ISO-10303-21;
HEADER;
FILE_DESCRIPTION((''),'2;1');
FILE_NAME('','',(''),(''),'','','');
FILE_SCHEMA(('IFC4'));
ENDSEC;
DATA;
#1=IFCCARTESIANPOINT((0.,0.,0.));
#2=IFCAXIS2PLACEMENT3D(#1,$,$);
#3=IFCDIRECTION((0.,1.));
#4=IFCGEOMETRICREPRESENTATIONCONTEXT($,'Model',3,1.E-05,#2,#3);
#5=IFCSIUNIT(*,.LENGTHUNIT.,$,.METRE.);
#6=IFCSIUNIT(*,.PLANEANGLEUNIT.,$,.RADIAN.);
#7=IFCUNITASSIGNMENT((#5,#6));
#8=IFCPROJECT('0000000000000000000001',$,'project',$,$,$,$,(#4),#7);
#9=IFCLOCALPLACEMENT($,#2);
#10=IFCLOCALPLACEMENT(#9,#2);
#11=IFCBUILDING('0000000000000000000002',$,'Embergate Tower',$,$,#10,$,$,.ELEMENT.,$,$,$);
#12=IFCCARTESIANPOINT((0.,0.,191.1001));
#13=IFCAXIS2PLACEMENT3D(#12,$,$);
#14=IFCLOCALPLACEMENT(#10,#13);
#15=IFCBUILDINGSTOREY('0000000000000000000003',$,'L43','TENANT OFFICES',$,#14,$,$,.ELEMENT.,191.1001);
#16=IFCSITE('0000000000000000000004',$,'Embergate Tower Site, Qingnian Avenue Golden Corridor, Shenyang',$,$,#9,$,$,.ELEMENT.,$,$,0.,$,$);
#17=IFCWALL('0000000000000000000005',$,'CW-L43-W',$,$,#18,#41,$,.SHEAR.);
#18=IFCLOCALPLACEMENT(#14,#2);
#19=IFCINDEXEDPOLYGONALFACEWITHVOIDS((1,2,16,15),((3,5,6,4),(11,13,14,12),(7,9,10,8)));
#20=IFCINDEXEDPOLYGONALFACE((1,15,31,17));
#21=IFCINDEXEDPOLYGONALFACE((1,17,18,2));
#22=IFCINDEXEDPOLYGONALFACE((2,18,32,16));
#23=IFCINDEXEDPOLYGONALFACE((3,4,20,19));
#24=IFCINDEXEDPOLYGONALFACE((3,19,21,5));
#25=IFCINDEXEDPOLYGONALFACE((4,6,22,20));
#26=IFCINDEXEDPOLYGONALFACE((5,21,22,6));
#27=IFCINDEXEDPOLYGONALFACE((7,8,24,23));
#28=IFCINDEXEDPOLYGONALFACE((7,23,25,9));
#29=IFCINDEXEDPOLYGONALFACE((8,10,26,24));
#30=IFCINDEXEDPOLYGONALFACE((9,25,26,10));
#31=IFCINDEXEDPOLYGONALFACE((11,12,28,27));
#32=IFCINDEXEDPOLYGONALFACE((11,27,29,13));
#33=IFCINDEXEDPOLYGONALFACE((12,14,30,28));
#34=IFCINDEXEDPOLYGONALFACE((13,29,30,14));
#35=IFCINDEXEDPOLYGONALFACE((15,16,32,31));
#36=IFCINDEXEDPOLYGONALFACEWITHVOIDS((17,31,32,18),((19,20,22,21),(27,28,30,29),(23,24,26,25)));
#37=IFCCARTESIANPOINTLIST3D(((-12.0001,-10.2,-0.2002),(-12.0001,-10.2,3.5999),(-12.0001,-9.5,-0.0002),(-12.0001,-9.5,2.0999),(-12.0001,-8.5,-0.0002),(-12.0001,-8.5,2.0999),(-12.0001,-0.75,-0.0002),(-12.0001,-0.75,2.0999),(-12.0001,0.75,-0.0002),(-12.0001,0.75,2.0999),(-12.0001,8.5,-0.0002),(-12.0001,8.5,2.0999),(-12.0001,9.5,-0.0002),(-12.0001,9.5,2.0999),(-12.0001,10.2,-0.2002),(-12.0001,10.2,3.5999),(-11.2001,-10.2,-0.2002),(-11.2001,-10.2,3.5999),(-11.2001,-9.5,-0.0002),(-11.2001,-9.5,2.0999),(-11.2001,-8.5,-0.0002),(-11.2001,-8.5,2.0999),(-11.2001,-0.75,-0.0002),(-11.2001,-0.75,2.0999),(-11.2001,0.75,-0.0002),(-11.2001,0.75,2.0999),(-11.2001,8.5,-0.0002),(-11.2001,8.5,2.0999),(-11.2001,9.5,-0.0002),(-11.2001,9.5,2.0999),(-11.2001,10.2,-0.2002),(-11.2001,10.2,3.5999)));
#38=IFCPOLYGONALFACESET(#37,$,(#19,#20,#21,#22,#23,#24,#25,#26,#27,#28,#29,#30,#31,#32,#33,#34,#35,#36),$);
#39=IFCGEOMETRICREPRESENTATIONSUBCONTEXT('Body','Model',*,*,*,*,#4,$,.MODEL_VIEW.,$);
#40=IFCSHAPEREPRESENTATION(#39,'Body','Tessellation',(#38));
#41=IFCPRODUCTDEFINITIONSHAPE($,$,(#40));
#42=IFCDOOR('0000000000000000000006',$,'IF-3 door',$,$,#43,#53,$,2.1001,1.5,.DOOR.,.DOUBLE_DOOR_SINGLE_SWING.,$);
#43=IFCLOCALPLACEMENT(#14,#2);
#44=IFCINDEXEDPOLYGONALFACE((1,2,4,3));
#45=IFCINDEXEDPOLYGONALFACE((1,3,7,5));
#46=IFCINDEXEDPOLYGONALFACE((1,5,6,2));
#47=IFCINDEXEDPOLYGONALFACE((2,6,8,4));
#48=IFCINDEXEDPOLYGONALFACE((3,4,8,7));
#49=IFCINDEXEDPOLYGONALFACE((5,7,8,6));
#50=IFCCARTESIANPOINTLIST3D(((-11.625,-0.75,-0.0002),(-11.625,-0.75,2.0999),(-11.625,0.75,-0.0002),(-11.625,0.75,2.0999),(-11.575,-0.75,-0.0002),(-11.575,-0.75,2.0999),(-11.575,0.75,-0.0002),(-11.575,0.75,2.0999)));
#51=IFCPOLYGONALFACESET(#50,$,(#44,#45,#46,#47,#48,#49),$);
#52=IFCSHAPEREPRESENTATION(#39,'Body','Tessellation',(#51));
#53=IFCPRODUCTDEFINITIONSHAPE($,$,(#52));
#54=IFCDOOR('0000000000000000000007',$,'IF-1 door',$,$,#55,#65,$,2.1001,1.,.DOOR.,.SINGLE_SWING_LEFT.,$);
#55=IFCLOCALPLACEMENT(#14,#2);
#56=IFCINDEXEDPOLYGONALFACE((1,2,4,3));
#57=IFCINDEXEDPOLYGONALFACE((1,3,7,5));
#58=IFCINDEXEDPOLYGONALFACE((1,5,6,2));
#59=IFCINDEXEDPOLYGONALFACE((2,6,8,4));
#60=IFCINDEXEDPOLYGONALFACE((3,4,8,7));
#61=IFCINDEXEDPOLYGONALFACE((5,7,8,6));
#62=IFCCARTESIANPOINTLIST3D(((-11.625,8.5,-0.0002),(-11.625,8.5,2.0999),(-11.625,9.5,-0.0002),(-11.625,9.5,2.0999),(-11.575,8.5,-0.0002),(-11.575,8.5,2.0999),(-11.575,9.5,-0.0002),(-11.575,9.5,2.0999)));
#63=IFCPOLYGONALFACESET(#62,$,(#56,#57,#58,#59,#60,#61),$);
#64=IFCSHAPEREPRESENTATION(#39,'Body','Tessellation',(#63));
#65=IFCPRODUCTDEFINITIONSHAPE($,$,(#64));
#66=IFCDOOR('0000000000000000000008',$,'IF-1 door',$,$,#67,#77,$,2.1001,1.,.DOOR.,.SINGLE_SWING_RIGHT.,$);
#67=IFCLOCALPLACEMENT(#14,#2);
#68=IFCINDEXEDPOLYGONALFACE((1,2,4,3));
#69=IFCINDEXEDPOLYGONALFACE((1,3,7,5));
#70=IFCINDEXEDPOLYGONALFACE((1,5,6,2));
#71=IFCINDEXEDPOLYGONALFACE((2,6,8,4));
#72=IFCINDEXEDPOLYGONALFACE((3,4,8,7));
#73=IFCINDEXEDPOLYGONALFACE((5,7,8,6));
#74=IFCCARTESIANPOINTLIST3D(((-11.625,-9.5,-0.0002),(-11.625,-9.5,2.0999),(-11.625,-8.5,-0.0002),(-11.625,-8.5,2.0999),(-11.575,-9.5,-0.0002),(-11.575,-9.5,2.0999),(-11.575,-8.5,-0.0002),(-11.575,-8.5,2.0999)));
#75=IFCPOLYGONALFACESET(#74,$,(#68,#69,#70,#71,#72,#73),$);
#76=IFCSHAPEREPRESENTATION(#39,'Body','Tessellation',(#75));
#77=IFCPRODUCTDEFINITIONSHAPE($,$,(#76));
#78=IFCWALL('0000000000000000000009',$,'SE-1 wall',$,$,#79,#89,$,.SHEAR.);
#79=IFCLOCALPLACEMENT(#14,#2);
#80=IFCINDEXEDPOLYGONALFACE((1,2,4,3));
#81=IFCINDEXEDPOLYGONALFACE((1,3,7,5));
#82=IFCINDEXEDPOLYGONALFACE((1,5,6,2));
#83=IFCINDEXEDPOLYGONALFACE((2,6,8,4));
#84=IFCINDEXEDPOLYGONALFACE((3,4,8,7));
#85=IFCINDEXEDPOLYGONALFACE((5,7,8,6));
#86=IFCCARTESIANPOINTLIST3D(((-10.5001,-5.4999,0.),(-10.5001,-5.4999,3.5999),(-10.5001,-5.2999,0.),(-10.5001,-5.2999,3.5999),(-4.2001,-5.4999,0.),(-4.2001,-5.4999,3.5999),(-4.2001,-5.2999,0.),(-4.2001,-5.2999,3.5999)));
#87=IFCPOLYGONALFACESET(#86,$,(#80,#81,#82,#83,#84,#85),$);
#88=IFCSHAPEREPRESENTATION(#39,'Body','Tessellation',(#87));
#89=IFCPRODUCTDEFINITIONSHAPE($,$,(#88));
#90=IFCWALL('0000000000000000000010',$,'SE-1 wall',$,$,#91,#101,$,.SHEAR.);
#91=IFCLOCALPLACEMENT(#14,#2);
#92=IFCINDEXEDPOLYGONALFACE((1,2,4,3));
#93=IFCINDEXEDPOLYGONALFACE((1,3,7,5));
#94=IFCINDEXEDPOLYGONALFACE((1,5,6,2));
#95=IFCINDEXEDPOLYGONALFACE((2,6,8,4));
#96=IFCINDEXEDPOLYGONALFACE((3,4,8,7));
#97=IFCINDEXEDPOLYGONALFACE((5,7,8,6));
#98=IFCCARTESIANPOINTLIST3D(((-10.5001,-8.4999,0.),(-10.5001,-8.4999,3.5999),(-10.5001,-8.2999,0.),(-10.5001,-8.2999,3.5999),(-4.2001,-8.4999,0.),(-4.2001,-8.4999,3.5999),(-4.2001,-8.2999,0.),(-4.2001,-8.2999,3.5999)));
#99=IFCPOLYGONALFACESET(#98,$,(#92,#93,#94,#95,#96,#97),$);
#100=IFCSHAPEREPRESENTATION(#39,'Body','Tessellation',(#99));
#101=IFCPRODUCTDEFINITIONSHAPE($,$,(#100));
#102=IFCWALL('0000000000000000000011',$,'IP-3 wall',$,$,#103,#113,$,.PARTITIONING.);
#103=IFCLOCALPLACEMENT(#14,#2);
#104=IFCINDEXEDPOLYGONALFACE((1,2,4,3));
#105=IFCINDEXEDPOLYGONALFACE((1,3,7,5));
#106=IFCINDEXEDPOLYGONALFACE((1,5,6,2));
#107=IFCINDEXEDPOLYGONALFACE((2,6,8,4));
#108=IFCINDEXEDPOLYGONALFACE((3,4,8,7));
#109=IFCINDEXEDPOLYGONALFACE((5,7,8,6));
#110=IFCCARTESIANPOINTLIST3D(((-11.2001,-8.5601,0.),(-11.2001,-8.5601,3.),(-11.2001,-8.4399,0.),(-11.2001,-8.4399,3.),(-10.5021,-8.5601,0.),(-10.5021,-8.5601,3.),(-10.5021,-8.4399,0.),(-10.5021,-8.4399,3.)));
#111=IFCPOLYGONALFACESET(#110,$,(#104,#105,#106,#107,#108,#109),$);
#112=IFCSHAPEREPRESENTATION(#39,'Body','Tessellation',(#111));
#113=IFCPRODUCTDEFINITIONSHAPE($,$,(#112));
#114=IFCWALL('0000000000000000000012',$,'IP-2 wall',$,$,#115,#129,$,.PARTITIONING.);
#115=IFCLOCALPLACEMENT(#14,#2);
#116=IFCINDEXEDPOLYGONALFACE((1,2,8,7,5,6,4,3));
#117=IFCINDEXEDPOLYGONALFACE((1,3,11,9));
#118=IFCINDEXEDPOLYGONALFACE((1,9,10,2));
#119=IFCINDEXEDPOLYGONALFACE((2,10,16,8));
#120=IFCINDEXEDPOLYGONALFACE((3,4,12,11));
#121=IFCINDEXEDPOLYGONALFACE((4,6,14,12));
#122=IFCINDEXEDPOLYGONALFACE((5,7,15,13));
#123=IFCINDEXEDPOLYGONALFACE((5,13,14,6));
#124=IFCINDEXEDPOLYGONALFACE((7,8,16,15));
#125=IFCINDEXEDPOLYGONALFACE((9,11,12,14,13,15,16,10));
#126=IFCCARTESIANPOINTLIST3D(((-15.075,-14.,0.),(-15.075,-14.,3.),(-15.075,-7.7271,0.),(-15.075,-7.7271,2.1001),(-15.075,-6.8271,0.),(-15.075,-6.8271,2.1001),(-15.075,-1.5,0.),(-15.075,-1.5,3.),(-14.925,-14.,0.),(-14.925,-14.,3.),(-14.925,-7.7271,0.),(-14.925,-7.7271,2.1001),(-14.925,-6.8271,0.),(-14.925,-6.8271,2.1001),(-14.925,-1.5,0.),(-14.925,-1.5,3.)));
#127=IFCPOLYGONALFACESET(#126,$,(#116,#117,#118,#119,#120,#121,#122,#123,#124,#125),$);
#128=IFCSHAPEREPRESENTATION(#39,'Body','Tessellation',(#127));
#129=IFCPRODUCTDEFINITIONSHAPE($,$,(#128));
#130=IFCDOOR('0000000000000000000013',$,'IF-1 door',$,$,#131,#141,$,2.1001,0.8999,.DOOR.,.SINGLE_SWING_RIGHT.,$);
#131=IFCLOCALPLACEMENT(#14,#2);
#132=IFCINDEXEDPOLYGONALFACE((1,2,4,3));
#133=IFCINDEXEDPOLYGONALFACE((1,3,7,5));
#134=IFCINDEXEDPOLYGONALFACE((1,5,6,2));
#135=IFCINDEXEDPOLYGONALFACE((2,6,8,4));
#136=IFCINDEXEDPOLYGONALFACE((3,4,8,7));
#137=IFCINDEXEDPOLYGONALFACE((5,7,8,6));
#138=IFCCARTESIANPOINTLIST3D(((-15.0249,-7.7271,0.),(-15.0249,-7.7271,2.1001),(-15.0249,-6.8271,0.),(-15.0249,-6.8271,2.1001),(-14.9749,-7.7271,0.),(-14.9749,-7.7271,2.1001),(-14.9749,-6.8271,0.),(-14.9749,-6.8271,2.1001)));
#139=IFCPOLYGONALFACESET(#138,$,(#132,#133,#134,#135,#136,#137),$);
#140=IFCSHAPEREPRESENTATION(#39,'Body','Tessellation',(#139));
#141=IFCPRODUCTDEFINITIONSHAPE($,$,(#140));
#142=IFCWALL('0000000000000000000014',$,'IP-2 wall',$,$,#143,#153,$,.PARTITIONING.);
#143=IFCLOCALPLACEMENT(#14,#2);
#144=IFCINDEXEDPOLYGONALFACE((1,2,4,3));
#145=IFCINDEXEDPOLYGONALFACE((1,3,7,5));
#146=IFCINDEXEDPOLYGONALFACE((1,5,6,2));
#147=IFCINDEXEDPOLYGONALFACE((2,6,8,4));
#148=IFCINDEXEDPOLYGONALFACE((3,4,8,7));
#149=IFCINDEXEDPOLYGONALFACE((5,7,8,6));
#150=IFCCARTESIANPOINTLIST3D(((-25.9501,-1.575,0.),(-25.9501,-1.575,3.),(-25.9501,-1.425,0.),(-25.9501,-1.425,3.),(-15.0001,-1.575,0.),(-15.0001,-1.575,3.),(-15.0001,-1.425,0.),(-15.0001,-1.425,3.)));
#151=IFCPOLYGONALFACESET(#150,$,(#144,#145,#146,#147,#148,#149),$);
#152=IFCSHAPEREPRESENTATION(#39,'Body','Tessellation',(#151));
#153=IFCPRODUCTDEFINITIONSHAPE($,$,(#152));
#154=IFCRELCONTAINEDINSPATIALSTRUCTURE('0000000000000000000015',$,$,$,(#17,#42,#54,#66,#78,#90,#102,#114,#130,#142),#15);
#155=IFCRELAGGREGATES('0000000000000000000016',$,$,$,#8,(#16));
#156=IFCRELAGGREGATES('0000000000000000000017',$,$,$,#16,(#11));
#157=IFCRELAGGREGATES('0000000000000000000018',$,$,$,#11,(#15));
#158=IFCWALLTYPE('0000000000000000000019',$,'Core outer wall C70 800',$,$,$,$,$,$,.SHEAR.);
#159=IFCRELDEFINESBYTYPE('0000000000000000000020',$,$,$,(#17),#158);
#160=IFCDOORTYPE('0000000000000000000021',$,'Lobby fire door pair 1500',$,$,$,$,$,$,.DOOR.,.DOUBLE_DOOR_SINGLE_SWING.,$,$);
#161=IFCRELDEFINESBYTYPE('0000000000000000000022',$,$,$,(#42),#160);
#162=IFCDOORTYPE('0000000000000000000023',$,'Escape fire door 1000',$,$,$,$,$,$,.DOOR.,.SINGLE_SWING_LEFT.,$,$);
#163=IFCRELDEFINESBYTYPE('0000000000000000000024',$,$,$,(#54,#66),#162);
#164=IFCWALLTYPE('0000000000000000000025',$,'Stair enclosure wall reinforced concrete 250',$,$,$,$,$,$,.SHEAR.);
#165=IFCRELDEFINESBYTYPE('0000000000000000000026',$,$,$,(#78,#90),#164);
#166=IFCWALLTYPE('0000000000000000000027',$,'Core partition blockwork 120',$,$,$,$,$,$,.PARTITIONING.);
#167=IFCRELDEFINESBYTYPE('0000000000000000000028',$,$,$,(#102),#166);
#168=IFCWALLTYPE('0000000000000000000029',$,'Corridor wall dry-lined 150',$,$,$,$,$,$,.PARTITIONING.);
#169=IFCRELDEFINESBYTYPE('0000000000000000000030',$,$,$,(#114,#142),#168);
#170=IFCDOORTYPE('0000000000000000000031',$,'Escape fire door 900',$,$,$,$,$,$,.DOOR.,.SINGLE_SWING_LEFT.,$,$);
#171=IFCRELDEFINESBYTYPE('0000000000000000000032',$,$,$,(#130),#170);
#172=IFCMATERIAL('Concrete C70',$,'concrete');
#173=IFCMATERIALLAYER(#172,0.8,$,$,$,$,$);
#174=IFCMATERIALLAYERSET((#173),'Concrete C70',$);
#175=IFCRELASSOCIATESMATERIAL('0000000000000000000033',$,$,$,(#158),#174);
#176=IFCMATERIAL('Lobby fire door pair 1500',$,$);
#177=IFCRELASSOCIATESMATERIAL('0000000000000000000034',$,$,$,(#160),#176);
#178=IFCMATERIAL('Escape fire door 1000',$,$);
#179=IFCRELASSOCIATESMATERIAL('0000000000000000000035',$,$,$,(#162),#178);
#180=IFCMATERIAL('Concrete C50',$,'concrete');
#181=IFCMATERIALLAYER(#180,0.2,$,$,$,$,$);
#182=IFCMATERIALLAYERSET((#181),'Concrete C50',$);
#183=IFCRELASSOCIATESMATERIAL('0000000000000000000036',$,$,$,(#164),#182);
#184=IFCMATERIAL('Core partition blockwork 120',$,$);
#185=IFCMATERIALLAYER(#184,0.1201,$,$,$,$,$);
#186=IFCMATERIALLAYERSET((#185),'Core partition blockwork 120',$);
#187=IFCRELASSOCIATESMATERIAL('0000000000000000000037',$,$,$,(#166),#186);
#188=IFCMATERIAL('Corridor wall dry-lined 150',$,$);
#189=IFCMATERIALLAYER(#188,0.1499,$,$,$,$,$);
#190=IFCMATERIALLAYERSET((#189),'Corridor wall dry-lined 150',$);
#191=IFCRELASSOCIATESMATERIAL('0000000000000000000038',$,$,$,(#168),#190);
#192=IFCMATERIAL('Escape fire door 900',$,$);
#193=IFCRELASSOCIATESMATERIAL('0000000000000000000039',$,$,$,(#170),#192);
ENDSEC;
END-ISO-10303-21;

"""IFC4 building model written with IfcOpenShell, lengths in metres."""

from ifc_helpers import new_model, si_unit, direction, frame, frame_2d, origin, place, context, subcontext, project, spatial, rectangle, extrude, source, transform, mapped, material, layer, layer_set, type_object, element, fill, save


model = new_model("IFC4")

# Units and contexts
model_context = context("Model", 3, precision=1e-05, world=origin(), true_north=direction((0.0, 1.0)))
body_context = subcontext(model_context, "Body", "Model", "MODEL_VIEW")
ifc_project = project(units=[si_unit("LENGTHUNIT", "METRE"), si_unit("PLANEANGLEUNIT", "RADIAN")], contexts=[model_context])

# Site, building, storey
site_placement = place(None, origin())
site = spatial("IfcSite", under=ifc_project, at=site_placement, Name="Embergate Tower Site, Qingnian Avenue Golden Corridor, Shenyang", CompositionType="ELEMENT", RefElevation=0.0)
building_placement = place(site_placement, origin())
building = spatial("IfcBuilding", under=site, at=building_placement, Name="Embergate Tower", CompositionType="ELEMENT")
storey_placement = place(building_placement, frame((0.0, 0.0, 191.1001)))
storey = spatial("IfcBuildingStorey", under=building, at=storey_placement, Name="L43", Description="TENANT OFFICES", CompositionType="ELEMENT", Elevation=191.1001)

# Shared definitions
ifc_material_1 = material(Name="Concrete C70", Category="concrete")
ifc_layer_1 = layer(ifc_material_1, 0.8)
ifc_layer_set_1 = layer_set([ifc_layer_1], Name="Concrete C70")
wall_type_1 = type_object("IfcWallType", Name="Core outer wall C70 800", PredefinedType="SHEAR", material=ifc_layer_set_1)

# Wall, openings, doors
shared_shape_1 = source(origin(), body_context, "Body", "SweptSolid", [
    extrude(rectangle(XDim=20.3999, YDim=0.8, at=frame_2d((10.2, 0.0))), origin(), (0.0, 0.0, 1.0), 3.8),
])
wall_1_placement = place(storey_placement, frame((-11.6001, -10.2, -0.2002), z_axis=(0.0, 0.0, 1.0), x_axis=(0.0, 1.0, 0.0)))
wall_1 = element("IfcWall", 1, at=wall_1_placement, inside=storey, type_object=wall_type_1, Name="CW-L43-W", PredefinedType="SHEAR", context=body_context, shape_type="MappedRepresentation", body=[
    mapped(shared_shape_1, transform((0.0, 0.0, 0.0))),
])
shared_shape_2 = source(origin(), body_context, "Body", "SweptSolid", [
    extrude(rectangle(XDim=1.0, YDim=2.1001, at=frame_2d((0.5, 1.05))), frame((0.0, 0.4099, 0.0), z_axis=(0.0, -1.0, 0.0), x_axis=(1.0, 0.0, 0.0)), (0.0, 0.0, 1.0), 0.8201),
])
opening_1_placement = place(wall_1_placement, frame((18.7, 0.0, 0.2)))
opening_1 = element("IfcOpeningElement", 2, at=opening_1_placement, cuts=wall_1, PredefinedType="OPENING", context=body_context, shape_type="MappedRepresentation", body=[
    mapped(shared_shape_2, transform((0.0, 0.0, 0.0))),
])
opening_2_placement = place(wall_1_placement, frame((0.7, 0.0, 0.2)))
opening_2 = element("IfcOpeningElement", 3, at=opening_2_placement, cuts=wall_1, PredefinedType="OPENING", context=body_context, shape_type="MappedRepresentation", body=[
    mapped(shared_shape_2, transform((0.0, 0.0, 0.0))),
])
shared_shape_3 = source(origin(), body_context, "Body", "SweptSolid", [
    extrude(rectangle(XDim=1.5, YDim=2.1001, at=frame_2d((0.75, 1.05))), frame((0.0, 0.4099, 0.0), z_axis=(0.0, -1.0, 0.0), x_axis=(1.0, 0.0, 0.0)), (0.0, 0.0, 1.0), 0.8201),
])
opening_3_placement = place(wall_1_placement, frame((9.45, 0.0, 0.2)))
opening_3 = element("IfcOpeningElement", 4, at=opening_3_placement, cuts=wall_1, PredefinedType="OPENING", context=body_context, shape_type="MappedRepresentation", body=[
    mapped(shared_shape_3, transform((0.0, 0.0, 0.0))),
])
ifc_material_2 = material(Name="Lobby fire door pair 1500")
door_type_1 = type_object("IfcDoorType", Name="Lobby fire door pair 1500", OperationType="DOUBLE_DOOR_SINGLE_SWING", PredefinedType="DOOR", material=ifc_material_2)
shared_shape_4 = source(origin(), body_context, "Body", "SweptSolid", [
    extrude(rectangle(XDim=1.5, YDim=2.1001, at=frame_2d((0.75, 1.05))), frame((0.0, 0.0249, 0.0), z_axis=(0.0, -1.0, 0.0), x_axis=(1.0, 0.0, 0.0)), (0.0, 0.0, 1.0), 0.05),
])
door_1_placement = place(opening_3_placement, origin())
door_1 = element("IfcDoor", 5, at=door_1_placement, inside=storey, type_object=door_type_1, Name="IF-3 door", OperationType="DOUBLE_DOOR_SINGLE_SWING", OverallHeight=2.1001, OverallWidth=1.5, PredefinedType="DOOR", context=body_context, shape_type="MappedRepresentation", body=[
    mapped(shared_shape_4, transform((0.0, 0.0, 0.0))),
])
fill(opening_3, door_1)
ifc_material_3 = material(Name="Escape fire door 1000")
door_type_2 = type_object("IfcDoorType", Name="Escape fire door 1000", OperationType="SINGLE_SWING_LEFT", PredefinedType="DOOR", material=ifc_material_3)
shared_shape_5 = source(origin(), body_context, "Body", "SweptSolid", [
    extrude(rectangle(XDim=1.0, YDim=2.1001, at=frame_2d((0.5, 1.05))), frame((0.0, 0.0249, 0.0), z_axis=(0.0, -1.0, 0.0), x_axis=(1.0, 0.0, 0.0)), (0.0, 0.0, 1.0), 0.05),
])
door_2_placement = place(opening_1_placement, origin())
door_2 = element("IfcDoor", 6, at=door_2_placement, inside=storey, type_object=door_type_2, Name="IF-1 door", OperationType="SINGLE_SWING_LEFT", OverallHeight=2.1001, OverallWidth=1.0, PredefinedType="DOOR", context=body_context, shape_type="MappedRepresentation", body=[
    mapped(shared_shape_5, transform((0.0, 0.0, 0.0))),
])
fill(opening_1, door_2)
door_3_placement = place(opening_2_placement, origin())
door_3 = element("IfcDoor", 7, at=door_3_placement, inside=storey, type_object=door_type_2, Name="IF-1 door", OperationType="SINGLE_SWING_RIGHT", OverallHeight=2.1001, OverallWidth=1.0, PredefinedType="DOOR", context=body_context, shape_type="MappedRepresentation", body=[
    mapped(shared_shape_5, transform((0.0, 0.0, 0.0))),
])
fill(opening_2, door_3)

# Walls
ifc_material_4 = material(Name="Concrete C50", Category="concrete")
ifc_layer_2 = layer(ifc_material_4, 0.2)
ifc_layer_set_2 = layer_set([ifc_layer_2], Name="Concrete C50")
wall_type_2 = type_object("IfcWallType", Name="Stair enclosure wall reinforced concrete 250", PredefinedType="SHEAR", material=ifc_layer_set_2)
shared_shape_6 = source(origin(), body_context, "Body", "SweptSolid", [
    extrude(rectangle(XDim=6.3, YDim=0.2, at=frame_2d((3.1499, 0.0))), origin(), (0.0, 0.0, 1.0), 3.5999),
])
for number, where, z_axis, x_axis, name in (
    (8, (-10.5, -5.3999, 0.0), (0.0, 0.0, 1.0), (1.0, 0.0, 0.0), "SE-1 wall"),
    (9, (-10.5, -8.3999, 0.0), (0.0, 0.0, 1.0), (1.0, 0.0, 0.0), "SE-1 wall"),
):
    element("IfcWall", number, at=place(storey_placement, frame(where, z_axis=z_axis, x_axis=x_axis)), inside=storey, type_object=wall_type_2, Name=name, PredefinedType="SHEAR", context=body_context, shape_type="MappedRepresentation", body=[
        mapped(shared_shape_6, transform((0.0, 0.0, 0.0))),
    ])
ifc_material_5 = material(Name="Core partition blockwork 120")
ifc_layer_3 = layer(ifc_material_5, 0.1201)
ifc_layer_set_3 = layer_set([ifc_layer_3], Name="Core partition blockwork 120")
wall_type_3 = type_object("IfcWallType", Name="Core partition blockwork 120", PredefinedType="PARTITIONING", material=ifc_layer_set_3)
shared_shape_7 = source(origin(), body_context, "Body", "SweptSolid", [
    extrude(rectangle(XDim=0.698, YDim=0.1201, at=frame_2d((0.3491, 0.0))), origin(), (0.0, 0.0, 1.0), 3.0),
])
wall_2_placement = place(storey_placement, frame((-10.502, -8.5, 0.0), z_axis=(0.0, 0.0, 1.0), x_axis=(-1.0, 0.0, 0.0)))
element("IfcWall", 10, at=wall_2_placement, inside=storey, type_object=wall_type_3, Name="IP-3 wall", PredefinedType="PARTITIONING", context=body_context, shape_type="MappedRepresentation", body=[
    mapped(shared_shape_7, transform((0.0, 0.0, 0.0))),
])

# Wall, opening, door
ifc_material_6 = material(Name="Corridor wall dry-lined 150")
ifc_layer_4 = layer(ifc_material_6, 0.1499)
ifc_layer_set_4 = layer_set([ifc_layer_4], Name="Corridor wall dry-lined 150")
wall_type_4 = type_object("IfcWallType", Name="Corridor wall dry-lined 150", PredefinedType="PARTITIONING", material=ifc_layer_set_4)
shared_shape_8 = source(origin(), body_context, "Body", "SweptSolid", [
    extrude(rectangle(XDim=12.5, YDim=0.1499, at=frame_2d((6.25, 0.0))), origin(), (0.0, 0.0, 1.0), 3.0),
])
wall_3_placement = place(storey_placement, frame((-15.0, -14.0, 0.0), z_axis=(0.0, 0.0, 1.0), x_axis=(0.0, 1.0, 0.0)))
wall_3 = element("IfcWall", 11, at=wall_3_placement, inside=storey, type_object=wall_type_4, Name="IP-2 wall", PredefinedType="PARTITIONING", context=body_context, shape_type="MappedRepresentation", body=[
    mapped(shared_shape_8, transform((0.0, 0.0, 0.0))),
])
shared_shape_9 = source(origin(), body_context, "Body", "SweptSolid", [
    extrude(rectangle(XDim=0.8999, YDim=2.1001, at=frame_2d((0.45, 1.05))), frame((0.0, 0.085, 0.0), z_axis=(0.0, -1.0, 0.0), x_axis=(1.0, 0.0, 0.0)), (0.0, 0.0, 1.0), 0.1699),
])
opening_4_placement = place(wall_3_placement, frame((6.2729, 0.0, 0.0)))
opening_4 = element("IfcOpeningElement", 12, at=opening_4_placement, cuts=wall_3, PredefinedType="OPENING", context=body_context, shape_type="MappedRepresentation", body=[
    mapped(shared_shape_9, transform((0.0, 0.0, 0.0))),
])
ifc_material_7 = material(Name="Escape fire door 900")
door_type_3 = type_object("IfcDoorType", Name="Escape fire door 900", OperationType="SINGLE_SWING_LEFT", PredefinedType="DOOR", material=ifc_material_7)
shared_shape_10 = source(origin(), body_context, "Body", "SweptSolid", [
    extrude(rectangle(XDim=0.8999, YDim=2.1001, at=frame_2d((0.45, 1.05))), frame((0.0, 0.0249, 0.0), z_axis=(0.0, -1.0, 0.0), x_axis=(1.0, 0.0, 0.0)), (0.0, 0.0, 1.0), 0.05),
])
door_4_placement = place(opening_4_placement, origin())
door_4 = element("IfcDoor", 13, at=door_4_placement, inside=storey, type_object=door_type_3, Name="IF-1 door", OperationType="SINGLE_SWING_RIGHT", OverallHeight=2.1001, OverallWidth=0.8999, PredefinedType="DOOR", context=body_context, shape_type="MappedRepresentation", body=[
    mapped(shared_shape_10, transform((0.0, 0.0, 0.0))),
])
fill(opening_4, door_4)

# Wall
shared_shape_11 = source(origin(), body_context, "Body", "SweptSolid", [
    extrude(rectangle(XDim=10.95, YDim=0.1499, at=frame_2d((5.4751, 0.0))), origin(), (0.0, 0.0, 1.0), 3.0),
])
wall_4_placement = place(storey_placement, frame((-15.0, -1.5, 0.0), z_axis=(0.0, 0.0, 1.0), x_axis=(-1.0, 0.0, 0.0)))
element("IfcWall", 14, at=wall_4_placement, inside=storey, type_object=wall_type_4, Name="IP-2 wall", PredefinedType="PARTITIONING", context=body_context, shape_type="MappedRepresentation", body=[
    mapped(shared_shape_11, transform((0.0, 0.0, 0.0))),
])

save(model, "model.ifc")
